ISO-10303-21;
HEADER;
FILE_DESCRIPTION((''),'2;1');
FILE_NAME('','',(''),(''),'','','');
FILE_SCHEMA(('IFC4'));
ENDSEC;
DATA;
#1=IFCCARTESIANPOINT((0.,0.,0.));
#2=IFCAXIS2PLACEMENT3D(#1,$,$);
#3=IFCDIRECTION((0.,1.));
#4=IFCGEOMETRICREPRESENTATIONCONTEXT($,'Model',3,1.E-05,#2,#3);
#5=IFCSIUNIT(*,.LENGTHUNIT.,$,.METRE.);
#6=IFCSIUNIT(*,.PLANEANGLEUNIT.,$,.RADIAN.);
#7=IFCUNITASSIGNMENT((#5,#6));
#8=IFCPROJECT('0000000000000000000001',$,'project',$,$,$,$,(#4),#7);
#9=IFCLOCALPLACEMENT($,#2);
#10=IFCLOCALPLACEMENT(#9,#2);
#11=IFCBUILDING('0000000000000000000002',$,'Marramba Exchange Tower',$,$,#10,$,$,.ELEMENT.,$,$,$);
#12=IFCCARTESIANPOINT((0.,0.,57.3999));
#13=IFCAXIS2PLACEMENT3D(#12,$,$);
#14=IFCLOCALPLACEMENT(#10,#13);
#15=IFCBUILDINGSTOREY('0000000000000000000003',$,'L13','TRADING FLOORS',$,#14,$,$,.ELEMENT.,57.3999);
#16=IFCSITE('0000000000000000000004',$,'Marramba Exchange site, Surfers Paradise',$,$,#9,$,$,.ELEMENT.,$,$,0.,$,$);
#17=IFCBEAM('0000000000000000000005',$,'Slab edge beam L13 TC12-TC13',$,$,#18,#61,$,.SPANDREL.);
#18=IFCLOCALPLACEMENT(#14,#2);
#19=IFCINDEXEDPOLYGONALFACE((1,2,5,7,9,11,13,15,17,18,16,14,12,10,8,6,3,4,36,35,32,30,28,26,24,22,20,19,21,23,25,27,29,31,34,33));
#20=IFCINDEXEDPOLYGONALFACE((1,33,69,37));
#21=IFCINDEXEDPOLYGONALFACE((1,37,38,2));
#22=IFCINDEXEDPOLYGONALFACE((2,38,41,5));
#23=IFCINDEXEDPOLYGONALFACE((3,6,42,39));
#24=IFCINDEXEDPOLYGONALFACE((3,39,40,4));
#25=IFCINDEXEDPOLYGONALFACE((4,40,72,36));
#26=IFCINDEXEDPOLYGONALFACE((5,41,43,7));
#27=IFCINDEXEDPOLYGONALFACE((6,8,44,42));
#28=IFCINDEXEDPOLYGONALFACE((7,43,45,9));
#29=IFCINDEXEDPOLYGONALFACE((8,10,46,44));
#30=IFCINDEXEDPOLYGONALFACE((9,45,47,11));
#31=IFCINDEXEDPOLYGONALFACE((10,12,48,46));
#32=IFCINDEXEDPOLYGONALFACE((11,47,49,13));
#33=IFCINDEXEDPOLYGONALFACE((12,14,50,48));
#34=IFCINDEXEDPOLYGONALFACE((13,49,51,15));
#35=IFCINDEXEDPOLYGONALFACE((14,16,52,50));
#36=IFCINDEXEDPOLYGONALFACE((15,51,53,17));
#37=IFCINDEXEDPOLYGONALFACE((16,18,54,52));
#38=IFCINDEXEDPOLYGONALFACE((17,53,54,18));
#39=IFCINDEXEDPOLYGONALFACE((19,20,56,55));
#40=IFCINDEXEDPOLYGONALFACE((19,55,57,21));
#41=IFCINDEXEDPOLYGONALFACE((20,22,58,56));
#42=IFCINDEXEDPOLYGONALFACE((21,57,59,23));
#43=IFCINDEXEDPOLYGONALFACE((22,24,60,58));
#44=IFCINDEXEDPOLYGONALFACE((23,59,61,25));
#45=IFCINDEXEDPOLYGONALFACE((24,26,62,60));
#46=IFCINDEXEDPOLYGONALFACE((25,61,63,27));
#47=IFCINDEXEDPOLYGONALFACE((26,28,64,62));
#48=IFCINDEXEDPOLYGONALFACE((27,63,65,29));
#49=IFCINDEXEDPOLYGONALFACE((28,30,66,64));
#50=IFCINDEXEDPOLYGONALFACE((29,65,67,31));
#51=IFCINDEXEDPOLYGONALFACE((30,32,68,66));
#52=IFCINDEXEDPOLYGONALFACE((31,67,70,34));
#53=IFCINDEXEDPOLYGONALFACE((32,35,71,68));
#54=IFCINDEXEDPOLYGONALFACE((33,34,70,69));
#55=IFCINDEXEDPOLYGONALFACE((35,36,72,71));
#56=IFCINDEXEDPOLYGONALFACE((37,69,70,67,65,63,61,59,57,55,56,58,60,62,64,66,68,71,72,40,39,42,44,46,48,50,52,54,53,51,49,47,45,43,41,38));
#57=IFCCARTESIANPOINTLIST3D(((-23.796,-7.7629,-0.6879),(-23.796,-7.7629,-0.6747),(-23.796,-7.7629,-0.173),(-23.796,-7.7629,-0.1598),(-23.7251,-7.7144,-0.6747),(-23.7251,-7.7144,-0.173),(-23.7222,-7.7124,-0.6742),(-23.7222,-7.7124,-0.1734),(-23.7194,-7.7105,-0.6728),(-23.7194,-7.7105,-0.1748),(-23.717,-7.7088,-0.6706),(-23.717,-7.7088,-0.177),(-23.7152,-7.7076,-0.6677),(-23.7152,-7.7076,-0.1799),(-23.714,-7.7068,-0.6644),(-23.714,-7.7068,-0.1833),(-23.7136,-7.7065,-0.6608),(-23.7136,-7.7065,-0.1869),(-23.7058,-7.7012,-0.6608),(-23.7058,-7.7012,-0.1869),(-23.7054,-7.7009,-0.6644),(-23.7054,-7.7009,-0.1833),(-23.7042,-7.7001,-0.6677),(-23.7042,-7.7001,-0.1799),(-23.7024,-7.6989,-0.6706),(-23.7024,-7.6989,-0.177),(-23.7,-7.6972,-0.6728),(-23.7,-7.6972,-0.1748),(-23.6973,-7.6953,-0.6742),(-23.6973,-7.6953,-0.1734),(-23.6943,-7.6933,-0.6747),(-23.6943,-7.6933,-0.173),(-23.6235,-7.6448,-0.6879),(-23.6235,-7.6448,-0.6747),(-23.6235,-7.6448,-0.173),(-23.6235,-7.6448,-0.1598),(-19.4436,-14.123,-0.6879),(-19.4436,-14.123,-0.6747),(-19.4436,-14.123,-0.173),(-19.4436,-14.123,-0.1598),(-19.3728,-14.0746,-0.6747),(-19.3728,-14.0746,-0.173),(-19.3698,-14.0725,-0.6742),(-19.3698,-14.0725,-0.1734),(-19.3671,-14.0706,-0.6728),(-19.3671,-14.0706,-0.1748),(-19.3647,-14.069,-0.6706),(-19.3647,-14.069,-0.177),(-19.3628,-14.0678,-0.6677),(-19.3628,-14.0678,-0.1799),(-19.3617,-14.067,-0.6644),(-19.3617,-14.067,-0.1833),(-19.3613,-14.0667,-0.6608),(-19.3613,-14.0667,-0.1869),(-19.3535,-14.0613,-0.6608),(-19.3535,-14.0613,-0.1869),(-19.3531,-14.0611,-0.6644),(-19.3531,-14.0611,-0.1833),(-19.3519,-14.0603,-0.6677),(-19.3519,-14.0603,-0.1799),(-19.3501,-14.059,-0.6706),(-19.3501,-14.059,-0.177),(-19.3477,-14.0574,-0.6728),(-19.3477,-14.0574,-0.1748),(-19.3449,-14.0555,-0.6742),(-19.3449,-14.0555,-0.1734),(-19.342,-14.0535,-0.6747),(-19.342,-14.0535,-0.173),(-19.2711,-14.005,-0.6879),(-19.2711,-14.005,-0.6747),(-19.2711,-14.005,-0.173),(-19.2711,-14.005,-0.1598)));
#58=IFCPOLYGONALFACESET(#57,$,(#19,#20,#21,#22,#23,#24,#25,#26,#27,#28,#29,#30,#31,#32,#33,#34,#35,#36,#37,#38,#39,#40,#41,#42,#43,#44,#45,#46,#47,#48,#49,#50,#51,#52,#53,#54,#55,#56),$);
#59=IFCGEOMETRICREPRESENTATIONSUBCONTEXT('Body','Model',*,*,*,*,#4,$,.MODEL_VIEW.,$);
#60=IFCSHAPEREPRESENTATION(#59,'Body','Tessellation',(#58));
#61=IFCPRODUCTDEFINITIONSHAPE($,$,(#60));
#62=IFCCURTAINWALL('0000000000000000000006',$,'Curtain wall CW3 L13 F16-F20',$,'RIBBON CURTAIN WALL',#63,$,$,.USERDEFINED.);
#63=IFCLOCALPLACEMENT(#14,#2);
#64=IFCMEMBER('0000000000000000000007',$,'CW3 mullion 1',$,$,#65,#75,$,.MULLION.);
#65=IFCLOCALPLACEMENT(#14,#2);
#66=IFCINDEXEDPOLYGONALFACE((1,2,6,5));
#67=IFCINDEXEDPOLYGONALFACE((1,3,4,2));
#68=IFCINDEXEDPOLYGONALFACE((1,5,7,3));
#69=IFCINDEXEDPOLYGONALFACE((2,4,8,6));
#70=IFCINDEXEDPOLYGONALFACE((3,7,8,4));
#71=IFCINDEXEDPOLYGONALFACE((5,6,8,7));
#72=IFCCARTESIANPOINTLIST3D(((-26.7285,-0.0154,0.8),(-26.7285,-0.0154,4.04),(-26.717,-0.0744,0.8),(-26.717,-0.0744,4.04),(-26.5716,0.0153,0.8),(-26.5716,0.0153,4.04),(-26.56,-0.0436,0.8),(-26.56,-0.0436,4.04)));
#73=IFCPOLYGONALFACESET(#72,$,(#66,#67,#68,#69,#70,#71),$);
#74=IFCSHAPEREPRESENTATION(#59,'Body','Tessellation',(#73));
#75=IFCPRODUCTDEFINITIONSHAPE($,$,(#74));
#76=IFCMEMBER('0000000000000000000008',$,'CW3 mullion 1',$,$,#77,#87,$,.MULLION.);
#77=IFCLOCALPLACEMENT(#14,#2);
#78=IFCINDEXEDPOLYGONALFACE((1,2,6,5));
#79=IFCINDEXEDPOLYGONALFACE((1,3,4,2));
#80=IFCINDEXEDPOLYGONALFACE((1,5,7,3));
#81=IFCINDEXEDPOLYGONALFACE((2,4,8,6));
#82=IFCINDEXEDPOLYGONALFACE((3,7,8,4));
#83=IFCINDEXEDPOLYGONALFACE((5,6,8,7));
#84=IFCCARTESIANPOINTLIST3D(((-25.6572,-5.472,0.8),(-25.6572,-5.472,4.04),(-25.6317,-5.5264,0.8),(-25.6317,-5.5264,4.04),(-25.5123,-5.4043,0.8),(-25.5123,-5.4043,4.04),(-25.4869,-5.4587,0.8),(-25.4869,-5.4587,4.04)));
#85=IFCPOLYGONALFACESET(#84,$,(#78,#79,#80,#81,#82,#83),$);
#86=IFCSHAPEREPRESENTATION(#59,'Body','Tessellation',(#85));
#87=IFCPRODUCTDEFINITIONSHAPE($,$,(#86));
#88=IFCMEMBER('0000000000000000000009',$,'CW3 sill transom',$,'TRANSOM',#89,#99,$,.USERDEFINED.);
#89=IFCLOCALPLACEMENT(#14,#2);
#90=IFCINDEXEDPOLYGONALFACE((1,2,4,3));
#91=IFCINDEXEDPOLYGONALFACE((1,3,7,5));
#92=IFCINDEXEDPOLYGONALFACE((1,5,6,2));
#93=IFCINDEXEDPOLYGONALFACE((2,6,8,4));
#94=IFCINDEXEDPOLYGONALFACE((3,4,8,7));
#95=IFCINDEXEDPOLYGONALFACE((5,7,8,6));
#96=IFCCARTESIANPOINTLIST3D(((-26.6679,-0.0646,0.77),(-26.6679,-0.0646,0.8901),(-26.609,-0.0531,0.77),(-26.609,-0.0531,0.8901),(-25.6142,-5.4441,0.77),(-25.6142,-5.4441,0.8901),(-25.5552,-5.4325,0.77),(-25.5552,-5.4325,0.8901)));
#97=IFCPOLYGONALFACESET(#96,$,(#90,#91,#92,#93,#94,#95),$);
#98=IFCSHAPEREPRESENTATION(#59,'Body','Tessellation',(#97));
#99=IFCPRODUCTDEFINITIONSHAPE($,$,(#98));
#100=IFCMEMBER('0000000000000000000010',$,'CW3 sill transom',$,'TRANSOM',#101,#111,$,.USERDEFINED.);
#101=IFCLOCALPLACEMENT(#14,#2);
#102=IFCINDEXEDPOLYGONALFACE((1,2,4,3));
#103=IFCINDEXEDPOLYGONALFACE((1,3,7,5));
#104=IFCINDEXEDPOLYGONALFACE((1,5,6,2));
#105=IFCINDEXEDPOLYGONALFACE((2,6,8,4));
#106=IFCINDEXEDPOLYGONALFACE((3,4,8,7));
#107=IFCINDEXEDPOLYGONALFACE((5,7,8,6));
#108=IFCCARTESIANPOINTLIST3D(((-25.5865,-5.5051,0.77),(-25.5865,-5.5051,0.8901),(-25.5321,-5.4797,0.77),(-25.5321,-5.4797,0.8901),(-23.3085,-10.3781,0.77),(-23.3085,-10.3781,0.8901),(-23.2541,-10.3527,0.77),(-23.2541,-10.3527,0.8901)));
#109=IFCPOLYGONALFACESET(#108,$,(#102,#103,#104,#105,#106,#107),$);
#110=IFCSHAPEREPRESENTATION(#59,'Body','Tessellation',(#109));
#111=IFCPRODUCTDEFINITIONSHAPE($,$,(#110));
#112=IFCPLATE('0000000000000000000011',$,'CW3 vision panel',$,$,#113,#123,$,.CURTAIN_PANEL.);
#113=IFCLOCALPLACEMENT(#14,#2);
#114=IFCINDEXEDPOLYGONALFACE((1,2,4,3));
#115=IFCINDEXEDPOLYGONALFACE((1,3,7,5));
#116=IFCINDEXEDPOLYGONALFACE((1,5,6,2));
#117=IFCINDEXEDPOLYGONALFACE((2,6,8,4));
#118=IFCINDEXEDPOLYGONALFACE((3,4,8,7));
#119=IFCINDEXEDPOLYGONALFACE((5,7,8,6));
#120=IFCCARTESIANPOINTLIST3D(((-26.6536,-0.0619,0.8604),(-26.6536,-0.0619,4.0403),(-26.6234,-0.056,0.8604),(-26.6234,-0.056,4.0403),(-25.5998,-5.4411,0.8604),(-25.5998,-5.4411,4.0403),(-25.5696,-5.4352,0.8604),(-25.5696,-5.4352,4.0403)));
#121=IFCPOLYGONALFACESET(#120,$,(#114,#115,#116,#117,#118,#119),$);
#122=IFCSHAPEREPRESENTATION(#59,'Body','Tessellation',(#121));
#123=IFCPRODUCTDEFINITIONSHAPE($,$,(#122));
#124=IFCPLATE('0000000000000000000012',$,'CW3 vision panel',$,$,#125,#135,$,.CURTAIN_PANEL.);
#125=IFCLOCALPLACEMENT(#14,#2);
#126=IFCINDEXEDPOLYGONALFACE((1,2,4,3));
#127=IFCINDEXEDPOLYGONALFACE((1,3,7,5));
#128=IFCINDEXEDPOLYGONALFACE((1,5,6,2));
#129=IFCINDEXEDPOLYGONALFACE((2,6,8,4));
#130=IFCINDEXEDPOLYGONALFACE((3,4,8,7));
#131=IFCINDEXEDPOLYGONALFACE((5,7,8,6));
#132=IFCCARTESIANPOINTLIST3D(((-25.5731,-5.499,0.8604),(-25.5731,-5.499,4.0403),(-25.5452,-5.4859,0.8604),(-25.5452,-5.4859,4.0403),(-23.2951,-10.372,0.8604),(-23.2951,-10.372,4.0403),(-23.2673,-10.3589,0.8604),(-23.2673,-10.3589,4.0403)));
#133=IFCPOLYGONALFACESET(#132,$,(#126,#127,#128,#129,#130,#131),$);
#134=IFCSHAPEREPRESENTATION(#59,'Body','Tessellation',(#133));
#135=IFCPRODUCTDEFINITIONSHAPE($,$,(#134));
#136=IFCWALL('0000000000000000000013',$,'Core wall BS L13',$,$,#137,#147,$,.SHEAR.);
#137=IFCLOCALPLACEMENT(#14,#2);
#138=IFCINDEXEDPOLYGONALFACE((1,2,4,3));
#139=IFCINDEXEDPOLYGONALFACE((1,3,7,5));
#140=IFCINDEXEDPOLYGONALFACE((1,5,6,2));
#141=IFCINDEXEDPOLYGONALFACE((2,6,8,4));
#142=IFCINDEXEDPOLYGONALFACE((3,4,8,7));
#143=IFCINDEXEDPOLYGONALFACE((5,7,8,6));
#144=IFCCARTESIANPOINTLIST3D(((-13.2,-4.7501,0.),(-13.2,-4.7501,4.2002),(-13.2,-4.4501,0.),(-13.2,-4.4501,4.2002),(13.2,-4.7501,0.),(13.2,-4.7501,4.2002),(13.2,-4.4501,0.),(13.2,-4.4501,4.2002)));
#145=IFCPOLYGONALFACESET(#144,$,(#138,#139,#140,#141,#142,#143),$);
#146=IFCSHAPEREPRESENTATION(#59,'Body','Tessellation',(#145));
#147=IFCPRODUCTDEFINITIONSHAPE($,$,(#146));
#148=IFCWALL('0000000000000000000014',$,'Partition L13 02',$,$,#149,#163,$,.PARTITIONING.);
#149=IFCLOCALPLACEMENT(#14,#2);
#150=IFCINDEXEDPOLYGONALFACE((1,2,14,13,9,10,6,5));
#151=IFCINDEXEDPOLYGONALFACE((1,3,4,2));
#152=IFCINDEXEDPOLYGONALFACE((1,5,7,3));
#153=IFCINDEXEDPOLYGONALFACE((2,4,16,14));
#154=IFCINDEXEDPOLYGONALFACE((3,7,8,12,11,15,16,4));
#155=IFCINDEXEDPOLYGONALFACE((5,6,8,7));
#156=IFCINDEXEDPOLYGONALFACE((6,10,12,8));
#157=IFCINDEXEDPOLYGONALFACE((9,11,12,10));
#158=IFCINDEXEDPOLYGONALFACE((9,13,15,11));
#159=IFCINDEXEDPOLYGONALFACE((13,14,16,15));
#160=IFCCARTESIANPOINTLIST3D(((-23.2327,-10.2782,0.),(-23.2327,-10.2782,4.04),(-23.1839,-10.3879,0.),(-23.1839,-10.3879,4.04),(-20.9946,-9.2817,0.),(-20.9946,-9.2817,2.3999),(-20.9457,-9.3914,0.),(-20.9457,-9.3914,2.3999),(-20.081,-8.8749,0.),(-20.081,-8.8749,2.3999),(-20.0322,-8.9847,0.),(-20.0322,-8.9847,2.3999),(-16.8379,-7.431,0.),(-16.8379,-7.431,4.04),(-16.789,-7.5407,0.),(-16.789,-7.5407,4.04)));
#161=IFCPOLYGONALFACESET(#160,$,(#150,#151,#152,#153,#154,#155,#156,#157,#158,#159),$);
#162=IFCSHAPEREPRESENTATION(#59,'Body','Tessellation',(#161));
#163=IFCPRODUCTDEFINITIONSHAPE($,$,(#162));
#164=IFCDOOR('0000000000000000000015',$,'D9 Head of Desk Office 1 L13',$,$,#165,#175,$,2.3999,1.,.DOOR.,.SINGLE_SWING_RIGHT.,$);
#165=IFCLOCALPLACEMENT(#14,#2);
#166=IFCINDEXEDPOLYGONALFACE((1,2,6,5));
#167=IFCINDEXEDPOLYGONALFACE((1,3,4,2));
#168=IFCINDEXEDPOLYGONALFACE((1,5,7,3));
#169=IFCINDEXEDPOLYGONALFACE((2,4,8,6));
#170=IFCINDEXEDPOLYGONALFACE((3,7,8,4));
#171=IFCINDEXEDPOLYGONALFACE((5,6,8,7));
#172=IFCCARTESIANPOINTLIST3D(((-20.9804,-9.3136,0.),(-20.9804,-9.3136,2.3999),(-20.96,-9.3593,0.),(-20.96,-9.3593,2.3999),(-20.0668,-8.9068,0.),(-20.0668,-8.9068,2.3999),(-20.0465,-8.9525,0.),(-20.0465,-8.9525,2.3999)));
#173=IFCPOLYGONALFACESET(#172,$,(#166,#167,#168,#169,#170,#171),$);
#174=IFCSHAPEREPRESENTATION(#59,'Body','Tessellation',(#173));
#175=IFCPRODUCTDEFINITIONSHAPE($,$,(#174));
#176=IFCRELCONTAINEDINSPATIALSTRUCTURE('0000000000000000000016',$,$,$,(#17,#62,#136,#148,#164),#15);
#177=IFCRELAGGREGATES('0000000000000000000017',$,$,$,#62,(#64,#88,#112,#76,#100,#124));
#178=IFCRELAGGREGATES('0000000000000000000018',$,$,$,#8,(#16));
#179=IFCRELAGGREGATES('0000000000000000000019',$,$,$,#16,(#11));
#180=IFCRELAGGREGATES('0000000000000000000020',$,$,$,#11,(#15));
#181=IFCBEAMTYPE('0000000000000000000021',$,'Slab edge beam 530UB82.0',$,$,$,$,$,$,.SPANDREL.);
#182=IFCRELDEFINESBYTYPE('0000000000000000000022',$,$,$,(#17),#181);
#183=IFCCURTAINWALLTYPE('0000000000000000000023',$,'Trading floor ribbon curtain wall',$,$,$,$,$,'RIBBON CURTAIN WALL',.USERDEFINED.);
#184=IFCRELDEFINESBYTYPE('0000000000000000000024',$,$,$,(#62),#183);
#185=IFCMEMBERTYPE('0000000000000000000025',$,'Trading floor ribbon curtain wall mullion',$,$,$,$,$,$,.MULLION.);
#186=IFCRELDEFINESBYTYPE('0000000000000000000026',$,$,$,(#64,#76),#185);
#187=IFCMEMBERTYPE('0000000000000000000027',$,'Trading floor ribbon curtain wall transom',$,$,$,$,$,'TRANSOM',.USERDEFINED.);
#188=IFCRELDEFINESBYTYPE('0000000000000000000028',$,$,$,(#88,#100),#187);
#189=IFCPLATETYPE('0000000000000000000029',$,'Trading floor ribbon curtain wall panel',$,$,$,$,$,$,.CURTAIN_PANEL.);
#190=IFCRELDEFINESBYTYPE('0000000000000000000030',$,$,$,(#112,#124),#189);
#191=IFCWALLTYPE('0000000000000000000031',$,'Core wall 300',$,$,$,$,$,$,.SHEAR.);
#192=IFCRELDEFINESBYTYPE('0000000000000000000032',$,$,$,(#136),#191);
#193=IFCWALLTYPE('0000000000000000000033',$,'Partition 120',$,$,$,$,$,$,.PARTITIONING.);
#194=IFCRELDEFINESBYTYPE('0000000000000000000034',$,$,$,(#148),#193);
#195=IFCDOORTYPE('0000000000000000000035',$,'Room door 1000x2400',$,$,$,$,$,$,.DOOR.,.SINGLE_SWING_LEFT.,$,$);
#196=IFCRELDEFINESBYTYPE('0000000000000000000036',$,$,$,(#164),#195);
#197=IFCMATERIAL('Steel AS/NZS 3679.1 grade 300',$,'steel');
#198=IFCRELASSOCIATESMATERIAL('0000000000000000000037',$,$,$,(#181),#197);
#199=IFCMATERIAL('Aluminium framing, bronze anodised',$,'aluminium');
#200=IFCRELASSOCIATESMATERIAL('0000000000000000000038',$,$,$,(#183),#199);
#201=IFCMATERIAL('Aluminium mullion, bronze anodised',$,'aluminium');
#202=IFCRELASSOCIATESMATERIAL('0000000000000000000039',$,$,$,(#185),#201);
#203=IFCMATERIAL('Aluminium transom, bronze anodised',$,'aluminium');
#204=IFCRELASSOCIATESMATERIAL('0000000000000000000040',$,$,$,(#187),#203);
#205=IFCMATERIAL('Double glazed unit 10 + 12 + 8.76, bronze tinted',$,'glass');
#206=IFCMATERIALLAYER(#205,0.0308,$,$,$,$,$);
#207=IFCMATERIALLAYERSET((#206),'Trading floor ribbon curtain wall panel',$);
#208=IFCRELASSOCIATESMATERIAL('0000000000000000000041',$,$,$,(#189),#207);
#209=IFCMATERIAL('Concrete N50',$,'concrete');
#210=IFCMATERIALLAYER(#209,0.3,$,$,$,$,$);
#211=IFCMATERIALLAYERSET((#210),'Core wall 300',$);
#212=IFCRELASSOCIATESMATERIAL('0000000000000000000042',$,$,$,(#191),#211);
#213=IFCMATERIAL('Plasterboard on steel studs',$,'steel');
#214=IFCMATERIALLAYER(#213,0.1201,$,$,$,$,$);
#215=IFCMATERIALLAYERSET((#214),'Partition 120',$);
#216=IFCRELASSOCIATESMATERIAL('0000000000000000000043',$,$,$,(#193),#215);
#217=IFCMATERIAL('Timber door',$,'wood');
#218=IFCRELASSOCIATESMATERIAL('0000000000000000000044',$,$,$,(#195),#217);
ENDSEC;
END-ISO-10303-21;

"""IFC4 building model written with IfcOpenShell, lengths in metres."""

from ifc_helpers import new_model, si_unit, direction, frame, frame_2d, origin, origin_2d, place, context, subcontext, project, spatial, rectangle, i_section, extrude, material, layer, layer_set, material_profile, profile_set, type_object, element, fill, aggregate, save


model = new_model("IFC4")

# Units and contexts
model_context = context("Model", 3, precision=1e-05, world=origin(), true_north=direction((0.0, 1.0)))
body_context = subcontext(model_context, "Body", "Model", "MODEL_VIEW")
ifc_project = project(units=[si_unit("LENGTHUNIT", "METRE"), si_unit("PLANEANGLEUNIT", "RADIAN")], contexts=[model_context])

# Site, building, storey
site_placement = place(None, origin())
site = spatial("IfcSite", under=ifc_project, at=site_placement, Name="Marramba Exchange site, Surfers Paradise", CompositionType="ELEMENT", RefElevation=0.0)
building_placement = place(site_placement, origin())
building = spatial("IfcBuilding", under=site, at=building_placement, Name="Marramba Exchange Tower", CompositionType="ELEMENT")
storey_placement = place(building_placement, frame((0.0, 0.0, 57.3999)))
storey = spatial("IfcBuildingStorey", under=building, at=storey_placement, Name="L13", Description="TRADING FLOORS", CompositionType="ELEMENT", Elevation=57.3999)

# Shared definitions
ifc_material_1 = material(Name="Concrete N50", Category="concrete")

# Beam
ifc_material_2 = material(Name="Steel AS/NZS 3679.1 grade 300", Category="steel")
ifc_material_profile_1 = material_profile(ifc_material_2, i_section(OverallWidth=0.209, OverallDepth=0.5281, WebThickness=0.0095, FlangeThickness=0.0132, FilletRadius=0.0139, at=origin_2d()), Name="530UB82.0")
ifc_profile_set_1 = profile_set([ifc_material_profile_1], Name="Steel AS/NZS 3679.1 grade 300")
beam_type_1 = type_object("IfcBeamType", Name="Slab edge beam 530UB82.0", PredefinedType="SPANDREL", material=ifc_profile_set_1)
beam_1_placement = place(storey_placement, frame((-23.7097, -7.7039, -0.4238), z_axis=(0.564741, -0.825268, 0.0), x_axis=(0.825268, 0.564741, 0.0)))
element("IfcBeam", 1, at=beam_1_placement, inside=storey, type_object=beam_type_1, Name="Slab edge beam L13 TC12-TC13", PredefinedType="SPANDREL", context=body_context, shape_type="SweptSolid", body=[
    extrude(i_section(OverallWidth=0.209, OverallDepth=0.5281, WebThickness=0.0095, FlangeThickness=0.0132, FilletRadius=0.0139, at=origin_2d()), origin(), (0.0, 0.0, 1.0), 7.7068),
])

# Curtain wall, members, plates
ifc_material_3 = material(Name="Aluminium framing, bronze anodised", Category="aluminium")
curtain_wall_type = type_object("IfcCurtainWallType", Name="Trading floor ribbon curtain wall", ElementType="RIBBON CURTAIN WALL", PredefinedType="USERDEFINED", material=ifc_material_3)
curtain_wall_placement = place(storey_placement, origin())
curtain_wall = element("IfcCurtainWall", 2, at=curtain_wall_placement, inside=storey, type_object=curtain_wall_type, Name="Curtain wall CW3 L13 F16-F20", ObjectType="RIBBON CURTAIN WALL", PredefinedType="USERDEFINED")
ifc_material_4 = material(Name="Aluminium mullion, bronze anodised", Category="aluminium")
ifc_material_profile_2 = material_profile(ifc_material_4, rectangle(XDim=0.1599, YDim=0.0601, at=origin_2d()), Name="CW3 mullion 60x160")
ifc_profile_set_2 = profile_set([ifc_material_profile_2], Name="Aluminium mullion, bronze anodised")
member_type_1 = type_object("IfcMemberType", Name="Trading floor ribbon curtain wall mullion", PredefinedType="MULLION", material=ifc_profile_set_2)
member_1_placement = place(storey_placement, frame((-26.6443, -0.0295, 0.8), z_axis=(0.0, 0.0, 1.0), x_axis=(0.981346, 0.192249, 0.0)))
member_1 = element("IfcMember", 3, at=member_1_placement, type_object=member_type_1, Name="CW3 mullion 1", PredefinedType="MULLION", context=body_context, shape_type="SweptSolid", body=[
    extrude(rectangle(XDim=0.1599, YDim=0.0601, at=origin_2d()), origin(), (0.0, 0.0, 1.0), 3.24),
])
member_2_placement = place(storey_placement, frame((-25.572, -5.4653, 0.8), z_axis=(0.0, 0.0, 1.0), x_axis=(0.905907, 0.423477, 0.0)))
member_2 = element("IfcMember", 4, at=member_2_placement, type_object=member_type_1, Name="CW3 mullion 1", PredefinedType="MULLION", context=body_context, shape_type="SweptSolid", body=[
    extrude(rectangle(XDim=0.1599, YDim=0.0601, at=origin_2d()), origin(), (0.0, 0.0, 1.0), 3.24),
])
ifc_material_5 = material(Name="Aluminium transom, bronze anodised", Category="aluminium")
ifc_material_profile_3 = material_profile(ifc_material_5, rectangle(XDim=0.0601, YDim=0.1201, at=origin_2d()), Name="CW3 transom 60x120")
ifc_profile_set_3 = profile_set([ifc_material_profile_3], Name="Aluminium transom, bronze anodised")
member_type_2 = type_object("IfcMemberType", Name="Trading floor ribbon curtain wall transom", ElementType="TRANSOM", PredefinedType="USERDEFINED", material=ifc_profile_set_3)
member_3_placement = place(storey_placement, frame((-26.6384, -0.0588, 0.8301), z_axis=(0.192226, -0.981351, 0.0), x_axis=(0.981351, 0.192226, 0.0)))
member_3 = element("IfcMember", 5, at=member_3_placement, type_object=member_type_2, Name="CW3 sill transom", ObjectType="TRANSOM", PredefinedType="USERDEFINED", context=body_context, shape_type="SweptSolid", body=[
    extrude(rectangle(XDim=0.0601, YDim=0.1201, at=origin_2d()), origin(), (0.0, 0.0, 1.0), 5.4817),
])
member_4_placement = place(storey_placement, frame((-25.5593, -5.4924, 0.8301), z_axis=(0.423494, -0.905899, 0.0), x_axis=(0.905899, 0.423494, 0.0)))
member_4 = element("IfcMember", 6, at=member_4_placement, type_object=member_type_2, Name="CW3 sill transom", ObjectType="TRANSOM", PredefinedType="USERDEFINED", context=body_context, shape_type="SweptSolid", body=[
    extrude(rectangle(XDim=0.0601, YDim=0.1201, at=origin_2d()), origin(), (0.0, 0.0, 1.0), 5.3792),
])
ifc_material_6 = material(Name="Double glazed unit 10 + 12 + 8.76, bronze tinted", Category="glass")
ifc_layer_1 = layer(ifc_material_6, 0.0308)
ifc_layer_set_1 = layer_set([ifc_layer_1], Name="Trading floor ribbon curtain wall panel")
plate_type = type_object("IfcPlateType", Name="Trading floor ribbon curtain wall panel", PredefinedType="CURTAIN_PANEL", material=ifc_layer_set_1)
plate_1_placement = place(storey_placement, frame((-26.1116, -2.7485, 0.8604), z_axis=(0.0, 0.0, 1.0), x_axis=(0.192249, -0.981346, 0.0)))
plate_1 = element("IfcPlate", 7, at=plate_1_placement, type_object=plate_type, Name="CW3 vision panel", PredefinedType="CURTAIN_PANEL", context=body_context, shape_type="SweptSolid", body=[
    extrude(rectangle(XDim=5.4814, YDim=0.0308, at=origin_2d()), origin(), (0.0, 0.0, 1.0), 3.1799),
])
plate_2_placement = place(storey_placement, frame((-24.4202, -7.929, 0.8604), z_axis=(0.0, 0.0, 1.0), x_axis=(0.423477, -0.905907, 0.0)))
plate_2 = element("IfcPlate", 8, at=plate_2_placement, type_object=plate_type, Name="CW3 vision panel", PredefinedType="CURTAIN_PANEL", context=body_context, shape_type="SweptSolid", body=[
    extrude(rectangle(XDim=5.3792, YDim=0.0308, at=origin_2d()), origin(), (0.0, 0.0, 1.0), 3.1799),
])
aggregate(curtain_wall, [member_1, member_3, plate_1, member_2, member_4, plate_2])

# Wall
ifc_layer_2 = layer(ifc_material_1, 0.3)
ifc_layer_set_2 = layer_set([ifc_layer_2], Name="Core wall 300")
wall_type_1 = type_object("IfcWallType", Name="Core wall 300", PredefinedType="SHEAR", material=ifc_layer_set_2)
wall_1_placement = place(storey_placement, frame((-13.2, -4.6001, 0.0), z_axis=(0.0, 0.0, 1.0), x_axis=(1.0, 0.0, 0.0)))
element("IfcWall", 9, at=wall_1_placement, inside=storey, type_object=wall_type_1, Name="Core wall BS L13", PredefinedType="SHEAR", context=body_context, shape_type="SweptSolid", body=[
    extrude(rectangle(XDim=26.3999, YDim=0.3, at=frame_2d((13.2, 0.0))), origin(), (0.0, 0.0, 1.0), 4.2002),
])

# Wall, opening, door
ifc_material_7 = material(Name="Plasterboard on steel studs", Category="steel")
ifc_layer_3 = layer(ifc_material_7, 0.1201)
ifc_layer_set_3 = layer_set([ifc_layer_3], Name="Partition 120")
wall_type_2 = type_object("IfcWallType", Name="Partition 120", PredefinedType="PARTITIONING", material=ifc_layer_set_3)
wall_2_placement = place(storey_placement, frame((-16.8135, -7.4858, 0.0), z_axis=(0.0, 0.0, 1.0), x_axis=(-0.913544, -0.40674, 0.0)))
wall_2 = element("IfcWall", 10, at=wall_2_placement, inside=storey, type_object=wall_type_2, Name="Partition L13 02", PredefinedType="PARTITIONING", context=body_context, shape_type="SweptSolid", body=[
    extrude(rectangle(XDim=7.0, YDim=0.1201, at=frame_2d((3.5, 0.0))), origin(), (0.0, 0.0, 1.0), 4.04),
])
opening_placement = place(wall_2_placement, frame((3.55, 0.0, 0.0)))
opening = element("IfcOpeningElement", 11, at=opening_placement, cuts=wall_2, PredefinedType="OPENING", context=body_context, shape_type="SweptSolid", body=[
    extrude(rectangle(XDim=1.0, YDim=2.3999, at=frame_2d((0.5, 1.2))), frame((0.0, 0.0701, 0.0), z_axis=(0.0, -1.0, 0.0), x_axis=(1.0, 0.0, 0.0)), (0.0, 0.0, 1.0), 0.1401),
])
ifc_material_8 = material(Name="Timber door", Category="wood")
door_type = type_object("IfcDoorType", Name="Room door 1000x2400", OperationType="SINGLE_SWING_LEFT", PredefinedType="DOOR", material=ifc_material_8)
door_placement = place(opening_placement, origin())
door = element("IfcDoor", 12, at=door_placement, inside=storey, type_object=door_type, Name="D9 Head of Desk Office 1 L13", OperationType="SINGLE_SWING_RIGHT", OverallHeight=2.3999, OverallWidth=1.0, PredefinedType="DOOR", context=body_context, shape_type="SweptSolid", body=[
    extrude(rectangle(XDim=1.0, YDim=2.3999, at=frame_2d((0.5, 1.2))), frame((0.0, 0.0249, 0.0), z_axis=(0.0, -1.0, 0.0), x_axis=(1.0, 0.0, 0.0)), (0.0, 0.0, 1.0), 0.05),
])
fill(opening, door)

save(model, "model.ifc")
